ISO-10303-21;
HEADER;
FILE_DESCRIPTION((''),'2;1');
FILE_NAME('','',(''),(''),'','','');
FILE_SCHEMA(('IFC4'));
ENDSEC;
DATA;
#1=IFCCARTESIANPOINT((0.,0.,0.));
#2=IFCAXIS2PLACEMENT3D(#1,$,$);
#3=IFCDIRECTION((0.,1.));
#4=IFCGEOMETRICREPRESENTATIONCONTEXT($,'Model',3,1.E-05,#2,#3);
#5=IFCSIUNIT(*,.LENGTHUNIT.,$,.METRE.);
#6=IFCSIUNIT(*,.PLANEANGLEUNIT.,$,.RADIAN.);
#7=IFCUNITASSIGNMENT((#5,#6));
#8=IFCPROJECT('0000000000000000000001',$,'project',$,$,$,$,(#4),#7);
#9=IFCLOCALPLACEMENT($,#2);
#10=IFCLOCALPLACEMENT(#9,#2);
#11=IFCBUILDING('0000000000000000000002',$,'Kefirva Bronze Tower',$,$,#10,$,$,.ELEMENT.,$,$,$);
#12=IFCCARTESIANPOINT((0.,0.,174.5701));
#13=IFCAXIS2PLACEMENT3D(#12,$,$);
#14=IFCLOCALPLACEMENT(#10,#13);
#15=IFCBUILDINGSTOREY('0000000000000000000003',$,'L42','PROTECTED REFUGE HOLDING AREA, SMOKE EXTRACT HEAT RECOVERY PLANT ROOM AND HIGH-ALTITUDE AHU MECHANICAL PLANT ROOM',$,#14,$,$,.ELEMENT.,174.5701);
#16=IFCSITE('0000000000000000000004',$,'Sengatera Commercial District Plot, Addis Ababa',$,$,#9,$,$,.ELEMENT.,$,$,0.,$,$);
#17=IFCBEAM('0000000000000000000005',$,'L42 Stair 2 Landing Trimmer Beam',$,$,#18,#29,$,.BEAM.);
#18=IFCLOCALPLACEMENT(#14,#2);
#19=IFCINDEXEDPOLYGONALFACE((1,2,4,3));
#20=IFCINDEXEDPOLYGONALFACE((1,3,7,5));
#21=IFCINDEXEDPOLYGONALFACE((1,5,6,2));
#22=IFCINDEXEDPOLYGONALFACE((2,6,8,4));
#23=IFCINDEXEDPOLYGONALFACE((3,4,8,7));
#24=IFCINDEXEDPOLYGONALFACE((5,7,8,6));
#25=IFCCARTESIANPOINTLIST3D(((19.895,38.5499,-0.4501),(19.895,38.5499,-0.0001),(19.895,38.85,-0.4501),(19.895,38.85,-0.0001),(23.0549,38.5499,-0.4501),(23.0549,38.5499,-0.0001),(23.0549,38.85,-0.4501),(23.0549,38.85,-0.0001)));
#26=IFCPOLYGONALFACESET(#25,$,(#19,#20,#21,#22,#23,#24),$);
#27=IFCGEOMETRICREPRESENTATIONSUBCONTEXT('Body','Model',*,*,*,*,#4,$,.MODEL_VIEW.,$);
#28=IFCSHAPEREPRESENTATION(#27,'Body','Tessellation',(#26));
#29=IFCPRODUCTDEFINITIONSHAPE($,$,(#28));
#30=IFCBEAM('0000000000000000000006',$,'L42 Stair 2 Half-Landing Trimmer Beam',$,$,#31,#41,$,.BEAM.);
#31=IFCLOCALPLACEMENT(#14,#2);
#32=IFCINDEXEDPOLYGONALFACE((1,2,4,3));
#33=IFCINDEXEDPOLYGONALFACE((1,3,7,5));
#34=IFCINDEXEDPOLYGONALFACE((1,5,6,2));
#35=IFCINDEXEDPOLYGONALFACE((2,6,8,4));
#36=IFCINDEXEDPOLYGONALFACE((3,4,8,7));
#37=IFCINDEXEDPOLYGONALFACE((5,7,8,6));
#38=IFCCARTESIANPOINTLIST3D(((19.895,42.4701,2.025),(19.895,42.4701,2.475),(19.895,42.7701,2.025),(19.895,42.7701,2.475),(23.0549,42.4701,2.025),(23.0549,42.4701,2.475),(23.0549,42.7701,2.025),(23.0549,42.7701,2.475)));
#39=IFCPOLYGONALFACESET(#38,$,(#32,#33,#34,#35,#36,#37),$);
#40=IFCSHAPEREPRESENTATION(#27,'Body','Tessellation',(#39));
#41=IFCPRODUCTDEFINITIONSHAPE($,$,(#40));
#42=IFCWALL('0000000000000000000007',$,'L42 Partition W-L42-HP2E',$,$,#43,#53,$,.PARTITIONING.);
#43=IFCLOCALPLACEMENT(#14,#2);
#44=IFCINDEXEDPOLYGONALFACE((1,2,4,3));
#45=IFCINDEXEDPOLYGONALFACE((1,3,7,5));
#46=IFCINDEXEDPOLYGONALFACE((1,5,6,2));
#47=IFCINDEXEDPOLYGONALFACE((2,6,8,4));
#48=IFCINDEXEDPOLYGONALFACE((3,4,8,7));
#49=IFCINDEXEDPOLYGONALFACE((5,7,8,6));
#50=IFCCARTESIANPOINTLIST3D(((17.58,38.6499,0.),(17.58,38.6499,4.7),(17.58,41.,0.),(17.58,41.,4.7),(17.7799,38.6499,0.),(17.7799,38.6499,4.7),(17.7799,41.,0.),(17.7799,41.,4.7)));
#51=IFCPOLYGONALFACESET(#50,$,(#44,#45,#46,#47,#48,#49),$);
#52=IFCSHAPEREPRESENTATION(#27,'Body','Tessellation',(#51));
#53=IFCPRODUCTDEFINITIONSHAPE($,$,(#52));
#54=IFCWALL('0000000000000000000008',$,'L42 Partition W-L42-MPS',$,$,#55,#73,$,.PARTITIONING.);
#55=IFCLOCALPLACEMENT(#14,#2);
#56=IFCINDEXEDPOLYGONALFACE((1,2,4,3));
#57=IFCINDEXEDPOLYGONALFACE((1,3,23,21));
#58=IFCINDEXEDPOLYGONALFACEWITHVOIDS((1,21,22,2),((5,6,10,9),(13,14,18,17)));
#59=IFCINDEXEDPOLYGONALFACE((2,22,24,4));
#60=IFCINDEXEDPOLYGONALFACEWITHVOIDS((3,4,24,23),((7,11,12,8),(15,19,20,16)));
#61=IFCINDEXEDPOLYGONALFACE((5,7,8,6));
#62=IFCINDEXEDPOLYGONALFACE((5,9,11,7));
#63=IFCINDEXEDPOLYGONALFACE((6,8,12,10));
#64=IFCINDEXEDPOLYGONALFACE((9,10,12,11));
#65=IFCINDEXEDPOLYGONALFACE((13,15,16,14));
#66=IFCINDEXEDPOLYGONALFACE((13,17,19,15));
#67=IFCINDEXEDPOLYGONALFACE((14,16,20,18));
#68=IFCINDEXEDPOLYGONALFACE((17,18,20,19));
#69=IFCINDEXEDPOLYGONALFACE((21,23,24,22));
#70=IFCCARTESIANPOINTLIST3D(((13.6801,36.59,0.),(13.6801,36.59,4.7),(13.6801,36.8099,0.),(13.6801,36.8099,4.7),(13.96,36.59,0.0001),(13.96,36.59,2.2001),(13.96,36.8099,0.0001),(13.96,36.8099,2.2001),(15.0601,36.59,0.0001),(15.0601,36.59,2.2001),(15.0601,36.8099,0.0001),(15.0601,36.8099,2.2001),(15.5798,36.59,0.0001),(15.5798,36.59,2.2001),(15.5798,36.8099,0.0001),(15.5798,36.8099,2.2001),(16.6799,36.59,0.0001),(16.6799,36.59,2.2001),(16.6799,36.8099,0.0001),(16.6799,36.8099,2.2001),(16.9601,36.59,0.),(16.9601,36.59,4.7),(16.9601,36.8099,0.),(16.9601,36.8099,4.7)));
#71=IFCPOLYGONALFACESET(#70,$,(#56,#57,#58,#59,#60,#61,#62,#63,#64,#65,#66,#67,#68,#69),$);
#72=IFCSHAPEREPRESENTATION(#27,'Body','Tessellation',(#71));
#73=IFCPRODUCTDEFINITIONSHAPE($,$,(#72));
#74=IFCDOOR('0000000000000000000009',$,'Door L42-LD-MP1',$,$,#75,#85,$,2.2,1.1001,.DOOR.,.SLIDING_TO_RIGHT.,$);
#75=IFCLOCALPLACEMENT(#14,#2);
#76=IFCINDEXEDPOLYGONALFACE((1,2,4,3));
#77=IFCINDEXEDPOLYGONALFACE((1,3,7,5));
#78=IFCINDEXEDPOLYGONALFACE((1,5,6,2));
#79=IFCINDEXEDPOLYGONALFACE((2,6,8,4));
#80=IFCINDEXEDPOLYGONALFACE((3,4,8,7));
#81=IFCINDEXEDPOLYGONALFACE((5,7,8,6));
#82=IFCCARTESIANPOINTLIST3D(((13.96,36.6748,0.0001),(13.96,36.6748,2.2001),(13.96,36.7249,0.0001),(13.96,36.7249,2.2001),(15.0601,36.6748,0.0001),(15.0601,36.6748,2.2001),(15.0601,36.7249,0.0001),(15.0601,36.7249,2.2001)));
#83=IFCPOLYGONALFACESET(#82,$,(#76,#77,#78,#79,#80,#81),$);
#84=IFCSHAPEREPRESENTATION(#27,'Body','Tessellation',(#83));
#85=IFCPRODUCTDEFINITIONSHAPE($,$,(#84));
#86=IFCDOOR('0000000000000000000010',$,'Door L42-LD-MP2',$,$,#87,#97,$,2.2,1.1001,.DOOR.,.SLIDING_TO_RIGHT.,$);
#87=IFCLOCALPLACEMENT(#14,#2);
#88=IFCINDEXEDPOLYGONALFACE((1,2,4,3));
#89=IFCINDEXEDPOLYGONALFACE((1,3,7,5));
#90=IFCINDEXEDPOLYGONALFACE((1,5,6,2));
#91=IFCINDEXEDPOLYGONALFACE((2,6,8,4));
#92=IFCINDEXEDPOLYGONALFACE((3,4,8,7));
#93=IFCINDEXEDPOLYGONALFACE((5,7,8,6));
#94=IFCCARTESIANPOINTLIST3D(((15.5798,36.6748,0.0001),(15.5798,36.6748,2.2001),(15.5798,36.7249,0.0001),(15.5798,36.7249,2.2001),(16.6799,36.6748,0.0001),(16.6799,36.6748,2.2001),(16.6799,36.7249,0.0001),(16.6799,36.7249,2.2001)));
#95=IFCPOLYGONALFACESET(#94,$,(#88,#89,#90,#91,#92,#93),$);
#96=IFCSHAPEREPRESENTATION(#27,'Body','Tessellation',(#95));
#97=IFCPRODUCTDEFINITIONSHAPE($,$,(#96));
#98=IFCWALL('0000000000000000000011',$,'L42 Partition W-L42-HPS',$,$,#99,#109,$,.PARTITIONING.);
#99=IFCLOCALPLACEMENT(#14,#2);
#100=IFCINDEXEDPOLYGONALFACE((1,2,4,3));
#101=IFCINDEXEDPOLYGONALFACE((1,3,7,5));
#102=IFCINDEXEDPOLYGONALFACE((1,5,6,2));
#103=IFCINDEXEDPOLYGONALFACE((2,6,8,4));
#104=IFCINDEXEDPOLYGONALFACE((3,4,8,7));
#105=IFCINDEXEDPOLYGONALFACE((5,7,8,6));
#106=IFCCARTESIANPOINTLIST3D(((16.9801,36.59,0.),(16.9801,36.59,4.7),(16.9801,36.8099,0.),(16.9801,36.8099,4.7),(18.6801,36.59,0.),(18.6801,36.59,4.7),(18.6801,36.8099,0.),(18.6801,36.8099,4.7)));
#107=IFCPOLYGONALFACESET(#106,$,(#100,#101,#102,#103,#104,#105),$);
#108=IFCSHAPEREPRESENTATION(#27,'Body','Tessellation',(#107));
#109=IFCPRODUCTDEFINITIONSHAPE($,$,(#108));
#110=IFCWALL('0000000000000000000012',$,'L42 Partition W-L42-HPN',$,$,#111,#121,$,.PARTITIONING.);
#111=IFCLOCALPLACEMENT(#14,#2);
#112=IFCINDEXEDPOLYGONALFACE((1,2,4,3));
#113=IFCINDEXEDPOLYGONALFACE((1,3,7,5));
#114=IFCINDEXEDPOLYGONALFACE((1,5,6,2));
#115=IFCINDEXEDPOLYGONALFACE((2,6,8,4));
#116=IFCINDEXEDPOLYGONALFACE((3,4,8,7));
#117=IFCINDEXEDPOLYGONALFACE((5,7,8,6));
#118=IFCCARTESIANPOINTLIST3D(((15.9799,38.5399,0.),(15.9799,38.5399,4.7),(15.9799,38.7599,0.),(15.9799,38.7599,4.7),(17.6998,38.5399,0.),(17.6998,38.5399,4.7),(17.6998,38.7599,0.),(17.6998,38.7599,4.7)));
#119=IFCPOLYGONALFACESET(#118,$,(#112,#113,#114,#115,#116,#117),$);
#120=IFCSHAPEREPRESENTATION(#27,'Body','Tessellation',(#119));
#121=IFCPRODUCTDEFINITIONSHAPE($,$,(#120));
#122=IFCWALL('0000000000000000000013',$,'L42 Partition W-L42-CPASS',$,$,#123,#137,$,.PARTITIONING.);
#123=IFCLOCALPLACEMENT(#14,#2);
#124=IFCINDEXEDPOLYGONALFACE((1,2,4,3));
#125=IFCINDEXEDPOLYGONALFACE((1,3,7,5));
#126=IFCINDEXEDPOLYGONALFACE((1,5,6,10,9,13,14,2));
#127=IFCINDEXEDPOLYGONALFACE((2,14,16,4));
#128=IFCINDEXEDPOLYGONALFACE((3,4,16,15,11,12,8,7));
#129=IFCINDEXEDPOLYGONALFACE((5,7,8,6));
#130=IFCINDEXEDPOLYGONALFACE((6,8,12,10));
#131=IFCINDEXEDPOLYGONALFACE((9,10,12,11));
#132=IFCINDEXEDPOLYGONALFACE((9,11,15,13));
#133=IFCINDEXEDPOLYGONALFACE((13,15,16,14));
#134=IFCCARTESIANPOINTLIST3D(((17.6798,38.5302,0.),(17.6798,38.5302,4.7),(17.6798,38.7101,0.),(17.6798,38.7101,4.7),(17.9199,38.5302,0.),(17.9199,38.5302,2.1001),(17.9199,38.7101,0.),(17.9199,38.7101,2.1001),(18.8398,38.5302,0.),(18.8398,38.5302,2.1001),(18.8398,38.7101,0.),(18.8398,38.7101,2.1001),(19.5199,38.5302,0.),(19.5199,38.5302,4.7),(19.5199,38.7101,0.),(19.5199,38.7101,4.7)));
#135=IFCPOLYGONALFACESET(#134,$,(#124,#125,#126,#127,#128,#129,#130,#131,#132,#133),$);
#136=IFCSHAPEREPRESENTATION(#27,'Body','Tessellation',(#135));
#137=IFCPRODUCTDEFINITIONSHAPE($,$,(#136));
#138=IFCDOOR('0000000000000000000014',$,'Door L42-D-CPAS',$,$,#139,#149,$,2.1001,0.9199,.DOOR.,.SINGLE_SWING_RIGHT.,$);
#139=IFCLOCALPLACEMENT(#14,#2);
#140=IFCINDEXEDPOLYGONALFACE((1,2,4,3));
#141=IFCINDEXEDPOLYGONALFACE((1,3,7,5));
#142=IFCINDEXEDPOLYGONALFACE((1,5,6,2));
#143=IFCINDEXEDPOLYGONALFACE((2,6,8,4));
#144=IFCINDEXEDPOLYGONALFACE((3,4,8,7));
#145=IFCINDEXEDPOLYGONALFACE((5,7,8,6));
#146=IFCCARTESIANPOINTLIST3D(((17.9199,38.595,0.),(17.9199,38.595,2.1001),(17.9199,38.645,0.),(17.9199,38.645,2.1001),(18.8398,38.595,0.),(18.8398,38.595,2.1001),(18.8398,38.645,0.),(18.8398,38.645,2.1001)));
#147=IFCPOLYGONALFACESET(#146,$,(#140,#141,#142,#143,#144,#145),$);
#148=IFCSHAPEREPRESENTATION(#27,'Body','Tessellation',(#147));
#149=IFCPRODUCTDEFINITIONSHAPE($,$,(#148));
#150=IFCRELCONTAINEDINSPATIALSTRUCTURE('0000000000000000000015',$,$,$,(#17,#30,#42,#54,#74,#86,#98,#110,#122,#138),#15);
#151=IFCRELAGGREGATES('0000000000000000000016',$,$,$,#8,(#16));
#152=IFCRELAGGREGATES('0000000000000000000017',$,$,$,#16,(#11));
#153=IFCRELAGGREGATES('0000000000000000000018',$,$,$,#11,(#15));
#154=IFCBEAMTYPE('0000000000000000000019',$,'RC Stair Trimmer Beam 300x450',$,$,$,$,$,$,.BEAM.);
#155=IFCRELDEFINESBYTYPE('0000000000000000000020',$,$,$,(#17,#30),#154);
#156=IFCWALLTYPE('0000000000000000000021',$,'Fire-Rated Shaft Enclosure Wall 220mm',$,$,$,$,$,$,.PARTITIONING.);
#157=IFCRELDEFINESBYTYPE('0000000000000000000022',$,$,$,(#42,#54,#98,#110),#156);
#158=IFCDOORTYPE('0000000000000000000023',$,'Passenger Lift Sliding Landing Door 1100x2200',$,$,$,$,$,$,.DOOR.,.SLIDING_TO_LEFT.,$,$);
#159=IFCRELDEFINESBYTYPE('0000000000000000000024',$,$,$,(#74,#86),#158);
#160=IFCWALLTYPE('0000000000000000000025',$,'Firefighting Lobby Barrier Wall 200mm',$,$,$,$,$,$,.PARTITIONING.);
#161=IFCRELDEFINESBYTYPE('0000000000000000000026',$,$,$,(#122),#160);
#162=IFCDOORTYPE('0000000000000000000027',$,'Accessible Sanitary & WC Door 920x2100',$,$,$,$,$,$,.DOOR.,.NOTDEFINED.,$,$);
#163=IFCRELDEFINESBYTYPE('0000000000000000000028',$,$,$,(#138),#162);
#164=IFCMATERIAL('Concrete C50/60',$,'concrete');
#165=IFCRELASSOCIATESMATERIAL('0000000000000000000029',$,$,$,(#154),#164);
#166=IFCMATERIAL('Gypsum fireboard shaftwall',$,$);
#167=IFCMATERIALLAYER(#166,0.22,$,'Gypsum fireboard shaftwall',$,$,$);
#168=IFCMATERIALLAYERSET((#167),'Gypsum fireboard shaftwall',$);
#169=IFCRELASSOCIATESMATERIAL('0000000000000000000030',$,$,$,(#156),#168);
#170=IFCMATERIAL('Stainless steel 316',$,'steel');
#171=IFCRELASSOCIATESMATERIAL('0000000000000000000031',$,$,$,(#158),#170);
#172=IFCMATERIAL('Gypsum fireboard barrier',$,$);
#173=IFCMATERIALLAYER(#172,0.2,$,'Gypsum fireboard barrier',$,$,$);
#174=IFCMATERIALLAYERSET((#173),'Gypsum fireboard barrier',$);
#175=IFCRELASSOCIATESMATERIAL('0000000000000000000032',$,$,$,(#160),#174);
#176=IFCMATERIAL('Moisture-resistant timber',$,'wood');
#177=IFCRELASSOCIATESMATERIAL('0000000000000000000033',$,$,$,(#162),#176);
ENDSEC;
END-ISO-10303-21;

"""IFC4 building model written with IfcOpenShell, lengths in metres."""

from ifc_helpers import new_model, si_unit, direction, frame, frame_2d, origin, origin_2d, place, context, subcontext, project, spatial, rectangle, extrude, material, layer, layer_set, material_profile, profile_set, type_object, element, fill, save


model = new_model("IFC4")

# Units and contexts
model_context = context("Model", 3, precision=1e-05, world=origin(), true_north=direction((0.0, 1.0)))
body_context = subcontext(model_context, "Body", "Model", "MODEL_VIEW")
ifc_project = project(units=[si_unit("LENGTHUNIT", "METRE"), si_unit("PLANEANGLEUNIT", "RADIAN")], contexts=[model_context])

# Site, building, storey
site_placement = place(None, origin())
site = spatial("IfcSite", under=ifc_project, at=site_placement, Name="Sengatera Commercial District Plot, Addis Ababa", CompositionType="ELEMENT", RefElevation=0.0)
building_placement = place(site_placement, origin())
building = spatial("IfcBuilding", under=site, at=building_placement, Name="Kefirva Bronze Tower", CompositionType="ELEMENT")
storey_placement = place(building_placement, frame((0.0, 0.0, 174.5701)))
storey = spatial("IfcBuildingStorey", under=building, at=storey_placement, Name="L42", Description="PROTECTED REFUGE HOLDING AREA, SMOKE EXTRACT HEAT RECOVERY PLANT ROOM AND HIGH-ALTITUDE AHU MECHANICAL PLANT ROOM", CompositionType="ELEMENT", Elevation=174.5701)

# Beams
ifc_material_1 = material(Name="Concrete C50/60", Category="concrete")
ifc_material_profile = material_profile(ifc_material_1, rectangle(XDim=0.3, YDim=0.45, at=origin_2d()), Name="RC 300x450")
ifc_profile_set = profile_set([ifc_material_profile], Name="Concrete C50/60")
beam_type = type_object("IfcBeamType", Name="RC Stair Trimmer Beam 300x450", PredefinedType="BEAM", material=ifc_profile_set)
for number, where, z_axis, x_axis, name in (
    (1, (19.895, 38.7, -0.2251), (1.0, 0.0, 0.0), (0.0, 1.0, 0.0), "L42 Stair 2 Landing Trimmer Beam"),
    (2, (19.895, 42.6201, 2.25), (1.0, 0.0, 0.0), (0.0, 1.0, 0.0), "L42 Stair 2 Half-Landing Trimmer Beam"),
):
    element("IfcBeam", number, at=place(storey_placement, frame(where, z_axis=z_axis, x_axis=x_axis)), inside=storey, type_object=beam_type, Name=name, PredefinedType="BEAM", context=body_context, shape_type="SweptSolid", body=[
        extrude(rectangle(XDim=0.3, YDim=0.45, at=origin_2d()), origin(), (0.0, 0.0, 1.0), 3.1599),
    ])

# Shared definitions
ifc_material_2 = material(Name="Gypsum fireboard shaftwall")
ifc_layer_1 = layer(ifc_material_2, 0.22, Name="Gypsum fireboard shaftwall")
ifc_layer_set_1 = layer_set([ifc_layer_1], Name="Gypsum fireboard shaftwall")
wall_type_1 = type_object("IfcWallType", Name="Fire-Rated Shaft Enclosure Wall 220mm", PredefinedType="PARTITIONING", material=ifc_layer_set_1)

# Wall
wall_1_placement = place(storey_placement, frame((17.6799, 38.6499, 0.0), z_axis=(0.0, 0.0, 1.0), x_axis=(0.0, 1.0, 0.0)))
element("IfcWall", 3, at=wall_1_placement, inside=storey, type_object=wall_type_1, Name="L42 Partition W-L42-HP2E", PredefinedType="PARTITIONING", context=body_context, shape_type="SweptSolid", body=[
    extrude(rectangle(XDim=2.3501, YDim=0.2, at=frame_2d((1.175, 0.0))), origin(), (0.0, 0.0, 1.0), 4.7),
])

# Wall, openings, doors
wall_2_placement = place(storey_placement, frame((13.6799, 36.7, 0.0), z_axis=(0.0, 0.0, 1.0), x_axis=(1.0, 0.0, 0.0)))
wall_2 = element("IfcWall", 4, at=wall_2_placement, inside=storey, type_object=wall_type_1, Name="L42 Partition W-L42-MPS", PredefinedType="PARTITIONING", context=body_context, shape_type="SweptSolid", body=[
    extrude(rectangle(XDim=3.28, YDim=0.22, at=frame_2d((1.6401, 0.0))), origin(), (0.0, 0.0, 1.0), 4.7),
])
opening_1_placement = place(wall_2_placement, frame((0.28, 0.0, 0.0)))
opening_1 = element("IfcOpeningElement", 5, at=opening_1_placement, cuts=wall_2, PredefinedType="OPENING", context=body_context, shape_type="SweptSolid", body=[
    extrude(rectangle(XDim=1.1001, YDim=2.2, at=frame_2d((0.55, 1.1001))), frame((0.0, 0.1201, 0.0), z_axis=(0.0, -1.0, 0.0), x_axis=(1.0, 0.0, 0.0)), (0.0, 0.0, 1.0), 0.24),
])
opening_2_placement = place(wall_2_placement, frame((1.8999, 0.0, 0.0)))
opening_2 = element("IfcOpeningElement", 6, at=opening_2_placement, cuts=wall_2, PredefinedType="OPENING", context=body_context, shape_type="SweptSolid", body=[
    extrude(rectangle(XDim=1.1001, YDim=2.2, at=frame_2d((0.55, 1.1001))), frame((0.0, 0.1201, 0.0), z_axis=(0.0, -1.0, 0.0), x_axis=(1.0, 0.0, 0.0)), (0.0, 0.0, 1.0), 0.24),
])
ifc_material_3 = material(Name="Stainless steel 316", Category="steel")
door_type_1 = type_object("IfcDoorType", Name="Passenger Lift Sliding Landing Door 1100x2200", OperationType="SLIDING_TO_LEFT", PredefinedType="DOOR", material=ifc_material_3)
door_1_placement = place(opening_1_placement, origin())
door_1 = element("IfcDoor", 7, at=door_1_placement, inside=storey, type_object=door_type_1, Name="Door L42-LD-MP1", OperationType="SLIDING_TO_RIGHT", OverallHeight=2.2, OverallWidth=1.1001, PredefinedType="DOOR", context=body_context, shape_type="SweptSolid", body=[
    extrude(rectangle(XDim=1.1001, YDim=2.2, at=frame_2d((0.55, 1.1001))), frame((0.0, 0.0249, 0.0), z_axis=(0.0, -1.0, 0.0), x_axis=(1.0, 0.0, 0.0)), (0.0, 0.0, 1.0), 0.05),
])
fill(opening_1, door_1)
door_2_placement = place(opening_2_placement, origin())
door_2 = element("IfcDoor", 8, at=door_2_placement, inside=storey, type_object=door_type_1, Name="Door L42-LD-MP2", OperationType="SLIDING_TO_RIGHT", OverallHeight=2.2, OverallWidth=1.1001, PredefinedType="DOOR", context=body_context, shape_type="SweptSolid", body=[
    extrude(rectangle(XDim=1.1001, YDim=2.2, at=frame_2d((0.55, 1.1001))), frame((0.0, 0.0249, 0.0), z_axis=(0.0, -1.0, 0.0), x_axis=(1.0, 0.0, 0.0)), (0.0, 0.0, 1.0), 0.05),
])
fill(opening_2, door_2)

# Walls
wall_3_placement = place(storey_placement, frame((16.98, 36.7, 0.0), z_axis=(0.0, 0.0, 1.0), x_axis=(1.0, 0.0, 0.0)))
element("IfcWall", 9, at=wall_3_placement, inside=storey, type_object=wall_type_1, Name="L42 Partition W-L42-HPS", PredefinedType="PARTITIONING", context=body_context, shape_type="SweptSolid", body=[
    extrude(rectangle(XDim=1.7, YDim=0.22, at=frame_2d((0.8501, 0.0))), origin(), (0.0, 0.0, 1.0), 4.7),
])
wall_4_placement = place(storey_placement, frame((15.98, 38.6499, 0.0), z_axis=(0.0, 0.0, 1.0), x_axis=(1.0, 0.0, 0.0)))
element("IfcWall", 10, at=wall_4_placement, inside=storey, type_object=wall_type_1, Name="L42 Partition W-L42-HPN", PredefinedType="PARTITIONING", context=body_context, shape_type="SweptSolid", body=[
    extrude(rectangle(XDim=1.72, YDim=0.22, at=frame_2d((0.8599, 0.0))), origin(), (0.0, 0.0, 1.0), 4.7),
])

# Wall, opening, door
ifc_material_4 = material(Name="Gypsum fireboard barrier")
ifc_layer_2 = layer(ifc_material_4, 0.2, Name="Gypsum fireboard barrier")
ifc_layer_set_2 = layer_set([ifc_layer_2], Name="Gypsum fireboard barrier")
wall_type_2 = type_object("IfcWallType", Name="Firefighting Lobby Barrier Wall 200mm", PredefinedType="PARTITIONING", material=ifc_layer_set_2)
wall_5_placement = place(storey_placement, frame((17.6799, 38.6201, 0.0), z_axis=(0.0, 0.0, 1.0), x_axis=(1.0, 0.0, 0.0)))
wall_5 = element("IfcWall", 11, at=wall_5_placement, inside=storey, type_object=wall_type_2, Name="L42 Partition W-L42-CPASS", PredefinedType="PARTITIONING", context=body_context, shape_type="SweptSolid", body=[
    extrude(rectangle(XDim=1.8401, YDim=0.1799, at=frame_2d((0.9199, 0.0))), origin(), (0.0, 0.0, 1.0), 4.7),
])
opening_3_placement = place(wall_5_placement, frame((0.24, 0.0, 0.0)))
opening_3 = element("IfcOpeningElement", 12, at=opening_3_placement, cuts=wall_5, PredefinedType="OPENING", context=body_context, shape_type="SweptSolid", body=[
    extrude(rectangle(XDim=0.9199, YDim=2.1001, at=frame_2d((0.46, 1.05))), frame((0.0, 0.1001, 0.0), z_axis=(0.0, -1.0, 0.0), x_axis=(1.0, 0.0, 0.0)), (0.0, 0.0, 1.0), 0.2),
])
ifc_material_5 = material(Name="Moisture-resistant timber", Category="wood")
door_type_2 = type_object("IfcDoorType", Name="Accessible Sanitary & WC Door 920x2100", OperationType="NOTDEFINED", PredefinedType="DOOR", material=ifc_material_5)
door_3_placement = place(opening_3_placement, origin())
door_3 = element("IfcDoor", 13, at=door_3_placement, inside=storey, type_object=door_type_2, Name="Door L42-D-CPAS", OperationType="SINGLE_SWING_RIGHT", OverallHeight=2.1001, OverallWidth=0.9199, PredefinedType="DOOR", context=body_context, shape_type="SweptSolid", body=[
    extrude(rectangle(XDim=0.9199, YDim=2.1001, at=frame_2d((0.46, 1.05))), frame((0.0, 0.0249, 0.0), z_axis=(0.0, -1.0, 0.0), x_axis=(1.0, 0.0, 0.0)), (0.0, 0.0, 1.0), 0.05),
])
fill(opening_3, door_3)

save(model, "model.ifc")
